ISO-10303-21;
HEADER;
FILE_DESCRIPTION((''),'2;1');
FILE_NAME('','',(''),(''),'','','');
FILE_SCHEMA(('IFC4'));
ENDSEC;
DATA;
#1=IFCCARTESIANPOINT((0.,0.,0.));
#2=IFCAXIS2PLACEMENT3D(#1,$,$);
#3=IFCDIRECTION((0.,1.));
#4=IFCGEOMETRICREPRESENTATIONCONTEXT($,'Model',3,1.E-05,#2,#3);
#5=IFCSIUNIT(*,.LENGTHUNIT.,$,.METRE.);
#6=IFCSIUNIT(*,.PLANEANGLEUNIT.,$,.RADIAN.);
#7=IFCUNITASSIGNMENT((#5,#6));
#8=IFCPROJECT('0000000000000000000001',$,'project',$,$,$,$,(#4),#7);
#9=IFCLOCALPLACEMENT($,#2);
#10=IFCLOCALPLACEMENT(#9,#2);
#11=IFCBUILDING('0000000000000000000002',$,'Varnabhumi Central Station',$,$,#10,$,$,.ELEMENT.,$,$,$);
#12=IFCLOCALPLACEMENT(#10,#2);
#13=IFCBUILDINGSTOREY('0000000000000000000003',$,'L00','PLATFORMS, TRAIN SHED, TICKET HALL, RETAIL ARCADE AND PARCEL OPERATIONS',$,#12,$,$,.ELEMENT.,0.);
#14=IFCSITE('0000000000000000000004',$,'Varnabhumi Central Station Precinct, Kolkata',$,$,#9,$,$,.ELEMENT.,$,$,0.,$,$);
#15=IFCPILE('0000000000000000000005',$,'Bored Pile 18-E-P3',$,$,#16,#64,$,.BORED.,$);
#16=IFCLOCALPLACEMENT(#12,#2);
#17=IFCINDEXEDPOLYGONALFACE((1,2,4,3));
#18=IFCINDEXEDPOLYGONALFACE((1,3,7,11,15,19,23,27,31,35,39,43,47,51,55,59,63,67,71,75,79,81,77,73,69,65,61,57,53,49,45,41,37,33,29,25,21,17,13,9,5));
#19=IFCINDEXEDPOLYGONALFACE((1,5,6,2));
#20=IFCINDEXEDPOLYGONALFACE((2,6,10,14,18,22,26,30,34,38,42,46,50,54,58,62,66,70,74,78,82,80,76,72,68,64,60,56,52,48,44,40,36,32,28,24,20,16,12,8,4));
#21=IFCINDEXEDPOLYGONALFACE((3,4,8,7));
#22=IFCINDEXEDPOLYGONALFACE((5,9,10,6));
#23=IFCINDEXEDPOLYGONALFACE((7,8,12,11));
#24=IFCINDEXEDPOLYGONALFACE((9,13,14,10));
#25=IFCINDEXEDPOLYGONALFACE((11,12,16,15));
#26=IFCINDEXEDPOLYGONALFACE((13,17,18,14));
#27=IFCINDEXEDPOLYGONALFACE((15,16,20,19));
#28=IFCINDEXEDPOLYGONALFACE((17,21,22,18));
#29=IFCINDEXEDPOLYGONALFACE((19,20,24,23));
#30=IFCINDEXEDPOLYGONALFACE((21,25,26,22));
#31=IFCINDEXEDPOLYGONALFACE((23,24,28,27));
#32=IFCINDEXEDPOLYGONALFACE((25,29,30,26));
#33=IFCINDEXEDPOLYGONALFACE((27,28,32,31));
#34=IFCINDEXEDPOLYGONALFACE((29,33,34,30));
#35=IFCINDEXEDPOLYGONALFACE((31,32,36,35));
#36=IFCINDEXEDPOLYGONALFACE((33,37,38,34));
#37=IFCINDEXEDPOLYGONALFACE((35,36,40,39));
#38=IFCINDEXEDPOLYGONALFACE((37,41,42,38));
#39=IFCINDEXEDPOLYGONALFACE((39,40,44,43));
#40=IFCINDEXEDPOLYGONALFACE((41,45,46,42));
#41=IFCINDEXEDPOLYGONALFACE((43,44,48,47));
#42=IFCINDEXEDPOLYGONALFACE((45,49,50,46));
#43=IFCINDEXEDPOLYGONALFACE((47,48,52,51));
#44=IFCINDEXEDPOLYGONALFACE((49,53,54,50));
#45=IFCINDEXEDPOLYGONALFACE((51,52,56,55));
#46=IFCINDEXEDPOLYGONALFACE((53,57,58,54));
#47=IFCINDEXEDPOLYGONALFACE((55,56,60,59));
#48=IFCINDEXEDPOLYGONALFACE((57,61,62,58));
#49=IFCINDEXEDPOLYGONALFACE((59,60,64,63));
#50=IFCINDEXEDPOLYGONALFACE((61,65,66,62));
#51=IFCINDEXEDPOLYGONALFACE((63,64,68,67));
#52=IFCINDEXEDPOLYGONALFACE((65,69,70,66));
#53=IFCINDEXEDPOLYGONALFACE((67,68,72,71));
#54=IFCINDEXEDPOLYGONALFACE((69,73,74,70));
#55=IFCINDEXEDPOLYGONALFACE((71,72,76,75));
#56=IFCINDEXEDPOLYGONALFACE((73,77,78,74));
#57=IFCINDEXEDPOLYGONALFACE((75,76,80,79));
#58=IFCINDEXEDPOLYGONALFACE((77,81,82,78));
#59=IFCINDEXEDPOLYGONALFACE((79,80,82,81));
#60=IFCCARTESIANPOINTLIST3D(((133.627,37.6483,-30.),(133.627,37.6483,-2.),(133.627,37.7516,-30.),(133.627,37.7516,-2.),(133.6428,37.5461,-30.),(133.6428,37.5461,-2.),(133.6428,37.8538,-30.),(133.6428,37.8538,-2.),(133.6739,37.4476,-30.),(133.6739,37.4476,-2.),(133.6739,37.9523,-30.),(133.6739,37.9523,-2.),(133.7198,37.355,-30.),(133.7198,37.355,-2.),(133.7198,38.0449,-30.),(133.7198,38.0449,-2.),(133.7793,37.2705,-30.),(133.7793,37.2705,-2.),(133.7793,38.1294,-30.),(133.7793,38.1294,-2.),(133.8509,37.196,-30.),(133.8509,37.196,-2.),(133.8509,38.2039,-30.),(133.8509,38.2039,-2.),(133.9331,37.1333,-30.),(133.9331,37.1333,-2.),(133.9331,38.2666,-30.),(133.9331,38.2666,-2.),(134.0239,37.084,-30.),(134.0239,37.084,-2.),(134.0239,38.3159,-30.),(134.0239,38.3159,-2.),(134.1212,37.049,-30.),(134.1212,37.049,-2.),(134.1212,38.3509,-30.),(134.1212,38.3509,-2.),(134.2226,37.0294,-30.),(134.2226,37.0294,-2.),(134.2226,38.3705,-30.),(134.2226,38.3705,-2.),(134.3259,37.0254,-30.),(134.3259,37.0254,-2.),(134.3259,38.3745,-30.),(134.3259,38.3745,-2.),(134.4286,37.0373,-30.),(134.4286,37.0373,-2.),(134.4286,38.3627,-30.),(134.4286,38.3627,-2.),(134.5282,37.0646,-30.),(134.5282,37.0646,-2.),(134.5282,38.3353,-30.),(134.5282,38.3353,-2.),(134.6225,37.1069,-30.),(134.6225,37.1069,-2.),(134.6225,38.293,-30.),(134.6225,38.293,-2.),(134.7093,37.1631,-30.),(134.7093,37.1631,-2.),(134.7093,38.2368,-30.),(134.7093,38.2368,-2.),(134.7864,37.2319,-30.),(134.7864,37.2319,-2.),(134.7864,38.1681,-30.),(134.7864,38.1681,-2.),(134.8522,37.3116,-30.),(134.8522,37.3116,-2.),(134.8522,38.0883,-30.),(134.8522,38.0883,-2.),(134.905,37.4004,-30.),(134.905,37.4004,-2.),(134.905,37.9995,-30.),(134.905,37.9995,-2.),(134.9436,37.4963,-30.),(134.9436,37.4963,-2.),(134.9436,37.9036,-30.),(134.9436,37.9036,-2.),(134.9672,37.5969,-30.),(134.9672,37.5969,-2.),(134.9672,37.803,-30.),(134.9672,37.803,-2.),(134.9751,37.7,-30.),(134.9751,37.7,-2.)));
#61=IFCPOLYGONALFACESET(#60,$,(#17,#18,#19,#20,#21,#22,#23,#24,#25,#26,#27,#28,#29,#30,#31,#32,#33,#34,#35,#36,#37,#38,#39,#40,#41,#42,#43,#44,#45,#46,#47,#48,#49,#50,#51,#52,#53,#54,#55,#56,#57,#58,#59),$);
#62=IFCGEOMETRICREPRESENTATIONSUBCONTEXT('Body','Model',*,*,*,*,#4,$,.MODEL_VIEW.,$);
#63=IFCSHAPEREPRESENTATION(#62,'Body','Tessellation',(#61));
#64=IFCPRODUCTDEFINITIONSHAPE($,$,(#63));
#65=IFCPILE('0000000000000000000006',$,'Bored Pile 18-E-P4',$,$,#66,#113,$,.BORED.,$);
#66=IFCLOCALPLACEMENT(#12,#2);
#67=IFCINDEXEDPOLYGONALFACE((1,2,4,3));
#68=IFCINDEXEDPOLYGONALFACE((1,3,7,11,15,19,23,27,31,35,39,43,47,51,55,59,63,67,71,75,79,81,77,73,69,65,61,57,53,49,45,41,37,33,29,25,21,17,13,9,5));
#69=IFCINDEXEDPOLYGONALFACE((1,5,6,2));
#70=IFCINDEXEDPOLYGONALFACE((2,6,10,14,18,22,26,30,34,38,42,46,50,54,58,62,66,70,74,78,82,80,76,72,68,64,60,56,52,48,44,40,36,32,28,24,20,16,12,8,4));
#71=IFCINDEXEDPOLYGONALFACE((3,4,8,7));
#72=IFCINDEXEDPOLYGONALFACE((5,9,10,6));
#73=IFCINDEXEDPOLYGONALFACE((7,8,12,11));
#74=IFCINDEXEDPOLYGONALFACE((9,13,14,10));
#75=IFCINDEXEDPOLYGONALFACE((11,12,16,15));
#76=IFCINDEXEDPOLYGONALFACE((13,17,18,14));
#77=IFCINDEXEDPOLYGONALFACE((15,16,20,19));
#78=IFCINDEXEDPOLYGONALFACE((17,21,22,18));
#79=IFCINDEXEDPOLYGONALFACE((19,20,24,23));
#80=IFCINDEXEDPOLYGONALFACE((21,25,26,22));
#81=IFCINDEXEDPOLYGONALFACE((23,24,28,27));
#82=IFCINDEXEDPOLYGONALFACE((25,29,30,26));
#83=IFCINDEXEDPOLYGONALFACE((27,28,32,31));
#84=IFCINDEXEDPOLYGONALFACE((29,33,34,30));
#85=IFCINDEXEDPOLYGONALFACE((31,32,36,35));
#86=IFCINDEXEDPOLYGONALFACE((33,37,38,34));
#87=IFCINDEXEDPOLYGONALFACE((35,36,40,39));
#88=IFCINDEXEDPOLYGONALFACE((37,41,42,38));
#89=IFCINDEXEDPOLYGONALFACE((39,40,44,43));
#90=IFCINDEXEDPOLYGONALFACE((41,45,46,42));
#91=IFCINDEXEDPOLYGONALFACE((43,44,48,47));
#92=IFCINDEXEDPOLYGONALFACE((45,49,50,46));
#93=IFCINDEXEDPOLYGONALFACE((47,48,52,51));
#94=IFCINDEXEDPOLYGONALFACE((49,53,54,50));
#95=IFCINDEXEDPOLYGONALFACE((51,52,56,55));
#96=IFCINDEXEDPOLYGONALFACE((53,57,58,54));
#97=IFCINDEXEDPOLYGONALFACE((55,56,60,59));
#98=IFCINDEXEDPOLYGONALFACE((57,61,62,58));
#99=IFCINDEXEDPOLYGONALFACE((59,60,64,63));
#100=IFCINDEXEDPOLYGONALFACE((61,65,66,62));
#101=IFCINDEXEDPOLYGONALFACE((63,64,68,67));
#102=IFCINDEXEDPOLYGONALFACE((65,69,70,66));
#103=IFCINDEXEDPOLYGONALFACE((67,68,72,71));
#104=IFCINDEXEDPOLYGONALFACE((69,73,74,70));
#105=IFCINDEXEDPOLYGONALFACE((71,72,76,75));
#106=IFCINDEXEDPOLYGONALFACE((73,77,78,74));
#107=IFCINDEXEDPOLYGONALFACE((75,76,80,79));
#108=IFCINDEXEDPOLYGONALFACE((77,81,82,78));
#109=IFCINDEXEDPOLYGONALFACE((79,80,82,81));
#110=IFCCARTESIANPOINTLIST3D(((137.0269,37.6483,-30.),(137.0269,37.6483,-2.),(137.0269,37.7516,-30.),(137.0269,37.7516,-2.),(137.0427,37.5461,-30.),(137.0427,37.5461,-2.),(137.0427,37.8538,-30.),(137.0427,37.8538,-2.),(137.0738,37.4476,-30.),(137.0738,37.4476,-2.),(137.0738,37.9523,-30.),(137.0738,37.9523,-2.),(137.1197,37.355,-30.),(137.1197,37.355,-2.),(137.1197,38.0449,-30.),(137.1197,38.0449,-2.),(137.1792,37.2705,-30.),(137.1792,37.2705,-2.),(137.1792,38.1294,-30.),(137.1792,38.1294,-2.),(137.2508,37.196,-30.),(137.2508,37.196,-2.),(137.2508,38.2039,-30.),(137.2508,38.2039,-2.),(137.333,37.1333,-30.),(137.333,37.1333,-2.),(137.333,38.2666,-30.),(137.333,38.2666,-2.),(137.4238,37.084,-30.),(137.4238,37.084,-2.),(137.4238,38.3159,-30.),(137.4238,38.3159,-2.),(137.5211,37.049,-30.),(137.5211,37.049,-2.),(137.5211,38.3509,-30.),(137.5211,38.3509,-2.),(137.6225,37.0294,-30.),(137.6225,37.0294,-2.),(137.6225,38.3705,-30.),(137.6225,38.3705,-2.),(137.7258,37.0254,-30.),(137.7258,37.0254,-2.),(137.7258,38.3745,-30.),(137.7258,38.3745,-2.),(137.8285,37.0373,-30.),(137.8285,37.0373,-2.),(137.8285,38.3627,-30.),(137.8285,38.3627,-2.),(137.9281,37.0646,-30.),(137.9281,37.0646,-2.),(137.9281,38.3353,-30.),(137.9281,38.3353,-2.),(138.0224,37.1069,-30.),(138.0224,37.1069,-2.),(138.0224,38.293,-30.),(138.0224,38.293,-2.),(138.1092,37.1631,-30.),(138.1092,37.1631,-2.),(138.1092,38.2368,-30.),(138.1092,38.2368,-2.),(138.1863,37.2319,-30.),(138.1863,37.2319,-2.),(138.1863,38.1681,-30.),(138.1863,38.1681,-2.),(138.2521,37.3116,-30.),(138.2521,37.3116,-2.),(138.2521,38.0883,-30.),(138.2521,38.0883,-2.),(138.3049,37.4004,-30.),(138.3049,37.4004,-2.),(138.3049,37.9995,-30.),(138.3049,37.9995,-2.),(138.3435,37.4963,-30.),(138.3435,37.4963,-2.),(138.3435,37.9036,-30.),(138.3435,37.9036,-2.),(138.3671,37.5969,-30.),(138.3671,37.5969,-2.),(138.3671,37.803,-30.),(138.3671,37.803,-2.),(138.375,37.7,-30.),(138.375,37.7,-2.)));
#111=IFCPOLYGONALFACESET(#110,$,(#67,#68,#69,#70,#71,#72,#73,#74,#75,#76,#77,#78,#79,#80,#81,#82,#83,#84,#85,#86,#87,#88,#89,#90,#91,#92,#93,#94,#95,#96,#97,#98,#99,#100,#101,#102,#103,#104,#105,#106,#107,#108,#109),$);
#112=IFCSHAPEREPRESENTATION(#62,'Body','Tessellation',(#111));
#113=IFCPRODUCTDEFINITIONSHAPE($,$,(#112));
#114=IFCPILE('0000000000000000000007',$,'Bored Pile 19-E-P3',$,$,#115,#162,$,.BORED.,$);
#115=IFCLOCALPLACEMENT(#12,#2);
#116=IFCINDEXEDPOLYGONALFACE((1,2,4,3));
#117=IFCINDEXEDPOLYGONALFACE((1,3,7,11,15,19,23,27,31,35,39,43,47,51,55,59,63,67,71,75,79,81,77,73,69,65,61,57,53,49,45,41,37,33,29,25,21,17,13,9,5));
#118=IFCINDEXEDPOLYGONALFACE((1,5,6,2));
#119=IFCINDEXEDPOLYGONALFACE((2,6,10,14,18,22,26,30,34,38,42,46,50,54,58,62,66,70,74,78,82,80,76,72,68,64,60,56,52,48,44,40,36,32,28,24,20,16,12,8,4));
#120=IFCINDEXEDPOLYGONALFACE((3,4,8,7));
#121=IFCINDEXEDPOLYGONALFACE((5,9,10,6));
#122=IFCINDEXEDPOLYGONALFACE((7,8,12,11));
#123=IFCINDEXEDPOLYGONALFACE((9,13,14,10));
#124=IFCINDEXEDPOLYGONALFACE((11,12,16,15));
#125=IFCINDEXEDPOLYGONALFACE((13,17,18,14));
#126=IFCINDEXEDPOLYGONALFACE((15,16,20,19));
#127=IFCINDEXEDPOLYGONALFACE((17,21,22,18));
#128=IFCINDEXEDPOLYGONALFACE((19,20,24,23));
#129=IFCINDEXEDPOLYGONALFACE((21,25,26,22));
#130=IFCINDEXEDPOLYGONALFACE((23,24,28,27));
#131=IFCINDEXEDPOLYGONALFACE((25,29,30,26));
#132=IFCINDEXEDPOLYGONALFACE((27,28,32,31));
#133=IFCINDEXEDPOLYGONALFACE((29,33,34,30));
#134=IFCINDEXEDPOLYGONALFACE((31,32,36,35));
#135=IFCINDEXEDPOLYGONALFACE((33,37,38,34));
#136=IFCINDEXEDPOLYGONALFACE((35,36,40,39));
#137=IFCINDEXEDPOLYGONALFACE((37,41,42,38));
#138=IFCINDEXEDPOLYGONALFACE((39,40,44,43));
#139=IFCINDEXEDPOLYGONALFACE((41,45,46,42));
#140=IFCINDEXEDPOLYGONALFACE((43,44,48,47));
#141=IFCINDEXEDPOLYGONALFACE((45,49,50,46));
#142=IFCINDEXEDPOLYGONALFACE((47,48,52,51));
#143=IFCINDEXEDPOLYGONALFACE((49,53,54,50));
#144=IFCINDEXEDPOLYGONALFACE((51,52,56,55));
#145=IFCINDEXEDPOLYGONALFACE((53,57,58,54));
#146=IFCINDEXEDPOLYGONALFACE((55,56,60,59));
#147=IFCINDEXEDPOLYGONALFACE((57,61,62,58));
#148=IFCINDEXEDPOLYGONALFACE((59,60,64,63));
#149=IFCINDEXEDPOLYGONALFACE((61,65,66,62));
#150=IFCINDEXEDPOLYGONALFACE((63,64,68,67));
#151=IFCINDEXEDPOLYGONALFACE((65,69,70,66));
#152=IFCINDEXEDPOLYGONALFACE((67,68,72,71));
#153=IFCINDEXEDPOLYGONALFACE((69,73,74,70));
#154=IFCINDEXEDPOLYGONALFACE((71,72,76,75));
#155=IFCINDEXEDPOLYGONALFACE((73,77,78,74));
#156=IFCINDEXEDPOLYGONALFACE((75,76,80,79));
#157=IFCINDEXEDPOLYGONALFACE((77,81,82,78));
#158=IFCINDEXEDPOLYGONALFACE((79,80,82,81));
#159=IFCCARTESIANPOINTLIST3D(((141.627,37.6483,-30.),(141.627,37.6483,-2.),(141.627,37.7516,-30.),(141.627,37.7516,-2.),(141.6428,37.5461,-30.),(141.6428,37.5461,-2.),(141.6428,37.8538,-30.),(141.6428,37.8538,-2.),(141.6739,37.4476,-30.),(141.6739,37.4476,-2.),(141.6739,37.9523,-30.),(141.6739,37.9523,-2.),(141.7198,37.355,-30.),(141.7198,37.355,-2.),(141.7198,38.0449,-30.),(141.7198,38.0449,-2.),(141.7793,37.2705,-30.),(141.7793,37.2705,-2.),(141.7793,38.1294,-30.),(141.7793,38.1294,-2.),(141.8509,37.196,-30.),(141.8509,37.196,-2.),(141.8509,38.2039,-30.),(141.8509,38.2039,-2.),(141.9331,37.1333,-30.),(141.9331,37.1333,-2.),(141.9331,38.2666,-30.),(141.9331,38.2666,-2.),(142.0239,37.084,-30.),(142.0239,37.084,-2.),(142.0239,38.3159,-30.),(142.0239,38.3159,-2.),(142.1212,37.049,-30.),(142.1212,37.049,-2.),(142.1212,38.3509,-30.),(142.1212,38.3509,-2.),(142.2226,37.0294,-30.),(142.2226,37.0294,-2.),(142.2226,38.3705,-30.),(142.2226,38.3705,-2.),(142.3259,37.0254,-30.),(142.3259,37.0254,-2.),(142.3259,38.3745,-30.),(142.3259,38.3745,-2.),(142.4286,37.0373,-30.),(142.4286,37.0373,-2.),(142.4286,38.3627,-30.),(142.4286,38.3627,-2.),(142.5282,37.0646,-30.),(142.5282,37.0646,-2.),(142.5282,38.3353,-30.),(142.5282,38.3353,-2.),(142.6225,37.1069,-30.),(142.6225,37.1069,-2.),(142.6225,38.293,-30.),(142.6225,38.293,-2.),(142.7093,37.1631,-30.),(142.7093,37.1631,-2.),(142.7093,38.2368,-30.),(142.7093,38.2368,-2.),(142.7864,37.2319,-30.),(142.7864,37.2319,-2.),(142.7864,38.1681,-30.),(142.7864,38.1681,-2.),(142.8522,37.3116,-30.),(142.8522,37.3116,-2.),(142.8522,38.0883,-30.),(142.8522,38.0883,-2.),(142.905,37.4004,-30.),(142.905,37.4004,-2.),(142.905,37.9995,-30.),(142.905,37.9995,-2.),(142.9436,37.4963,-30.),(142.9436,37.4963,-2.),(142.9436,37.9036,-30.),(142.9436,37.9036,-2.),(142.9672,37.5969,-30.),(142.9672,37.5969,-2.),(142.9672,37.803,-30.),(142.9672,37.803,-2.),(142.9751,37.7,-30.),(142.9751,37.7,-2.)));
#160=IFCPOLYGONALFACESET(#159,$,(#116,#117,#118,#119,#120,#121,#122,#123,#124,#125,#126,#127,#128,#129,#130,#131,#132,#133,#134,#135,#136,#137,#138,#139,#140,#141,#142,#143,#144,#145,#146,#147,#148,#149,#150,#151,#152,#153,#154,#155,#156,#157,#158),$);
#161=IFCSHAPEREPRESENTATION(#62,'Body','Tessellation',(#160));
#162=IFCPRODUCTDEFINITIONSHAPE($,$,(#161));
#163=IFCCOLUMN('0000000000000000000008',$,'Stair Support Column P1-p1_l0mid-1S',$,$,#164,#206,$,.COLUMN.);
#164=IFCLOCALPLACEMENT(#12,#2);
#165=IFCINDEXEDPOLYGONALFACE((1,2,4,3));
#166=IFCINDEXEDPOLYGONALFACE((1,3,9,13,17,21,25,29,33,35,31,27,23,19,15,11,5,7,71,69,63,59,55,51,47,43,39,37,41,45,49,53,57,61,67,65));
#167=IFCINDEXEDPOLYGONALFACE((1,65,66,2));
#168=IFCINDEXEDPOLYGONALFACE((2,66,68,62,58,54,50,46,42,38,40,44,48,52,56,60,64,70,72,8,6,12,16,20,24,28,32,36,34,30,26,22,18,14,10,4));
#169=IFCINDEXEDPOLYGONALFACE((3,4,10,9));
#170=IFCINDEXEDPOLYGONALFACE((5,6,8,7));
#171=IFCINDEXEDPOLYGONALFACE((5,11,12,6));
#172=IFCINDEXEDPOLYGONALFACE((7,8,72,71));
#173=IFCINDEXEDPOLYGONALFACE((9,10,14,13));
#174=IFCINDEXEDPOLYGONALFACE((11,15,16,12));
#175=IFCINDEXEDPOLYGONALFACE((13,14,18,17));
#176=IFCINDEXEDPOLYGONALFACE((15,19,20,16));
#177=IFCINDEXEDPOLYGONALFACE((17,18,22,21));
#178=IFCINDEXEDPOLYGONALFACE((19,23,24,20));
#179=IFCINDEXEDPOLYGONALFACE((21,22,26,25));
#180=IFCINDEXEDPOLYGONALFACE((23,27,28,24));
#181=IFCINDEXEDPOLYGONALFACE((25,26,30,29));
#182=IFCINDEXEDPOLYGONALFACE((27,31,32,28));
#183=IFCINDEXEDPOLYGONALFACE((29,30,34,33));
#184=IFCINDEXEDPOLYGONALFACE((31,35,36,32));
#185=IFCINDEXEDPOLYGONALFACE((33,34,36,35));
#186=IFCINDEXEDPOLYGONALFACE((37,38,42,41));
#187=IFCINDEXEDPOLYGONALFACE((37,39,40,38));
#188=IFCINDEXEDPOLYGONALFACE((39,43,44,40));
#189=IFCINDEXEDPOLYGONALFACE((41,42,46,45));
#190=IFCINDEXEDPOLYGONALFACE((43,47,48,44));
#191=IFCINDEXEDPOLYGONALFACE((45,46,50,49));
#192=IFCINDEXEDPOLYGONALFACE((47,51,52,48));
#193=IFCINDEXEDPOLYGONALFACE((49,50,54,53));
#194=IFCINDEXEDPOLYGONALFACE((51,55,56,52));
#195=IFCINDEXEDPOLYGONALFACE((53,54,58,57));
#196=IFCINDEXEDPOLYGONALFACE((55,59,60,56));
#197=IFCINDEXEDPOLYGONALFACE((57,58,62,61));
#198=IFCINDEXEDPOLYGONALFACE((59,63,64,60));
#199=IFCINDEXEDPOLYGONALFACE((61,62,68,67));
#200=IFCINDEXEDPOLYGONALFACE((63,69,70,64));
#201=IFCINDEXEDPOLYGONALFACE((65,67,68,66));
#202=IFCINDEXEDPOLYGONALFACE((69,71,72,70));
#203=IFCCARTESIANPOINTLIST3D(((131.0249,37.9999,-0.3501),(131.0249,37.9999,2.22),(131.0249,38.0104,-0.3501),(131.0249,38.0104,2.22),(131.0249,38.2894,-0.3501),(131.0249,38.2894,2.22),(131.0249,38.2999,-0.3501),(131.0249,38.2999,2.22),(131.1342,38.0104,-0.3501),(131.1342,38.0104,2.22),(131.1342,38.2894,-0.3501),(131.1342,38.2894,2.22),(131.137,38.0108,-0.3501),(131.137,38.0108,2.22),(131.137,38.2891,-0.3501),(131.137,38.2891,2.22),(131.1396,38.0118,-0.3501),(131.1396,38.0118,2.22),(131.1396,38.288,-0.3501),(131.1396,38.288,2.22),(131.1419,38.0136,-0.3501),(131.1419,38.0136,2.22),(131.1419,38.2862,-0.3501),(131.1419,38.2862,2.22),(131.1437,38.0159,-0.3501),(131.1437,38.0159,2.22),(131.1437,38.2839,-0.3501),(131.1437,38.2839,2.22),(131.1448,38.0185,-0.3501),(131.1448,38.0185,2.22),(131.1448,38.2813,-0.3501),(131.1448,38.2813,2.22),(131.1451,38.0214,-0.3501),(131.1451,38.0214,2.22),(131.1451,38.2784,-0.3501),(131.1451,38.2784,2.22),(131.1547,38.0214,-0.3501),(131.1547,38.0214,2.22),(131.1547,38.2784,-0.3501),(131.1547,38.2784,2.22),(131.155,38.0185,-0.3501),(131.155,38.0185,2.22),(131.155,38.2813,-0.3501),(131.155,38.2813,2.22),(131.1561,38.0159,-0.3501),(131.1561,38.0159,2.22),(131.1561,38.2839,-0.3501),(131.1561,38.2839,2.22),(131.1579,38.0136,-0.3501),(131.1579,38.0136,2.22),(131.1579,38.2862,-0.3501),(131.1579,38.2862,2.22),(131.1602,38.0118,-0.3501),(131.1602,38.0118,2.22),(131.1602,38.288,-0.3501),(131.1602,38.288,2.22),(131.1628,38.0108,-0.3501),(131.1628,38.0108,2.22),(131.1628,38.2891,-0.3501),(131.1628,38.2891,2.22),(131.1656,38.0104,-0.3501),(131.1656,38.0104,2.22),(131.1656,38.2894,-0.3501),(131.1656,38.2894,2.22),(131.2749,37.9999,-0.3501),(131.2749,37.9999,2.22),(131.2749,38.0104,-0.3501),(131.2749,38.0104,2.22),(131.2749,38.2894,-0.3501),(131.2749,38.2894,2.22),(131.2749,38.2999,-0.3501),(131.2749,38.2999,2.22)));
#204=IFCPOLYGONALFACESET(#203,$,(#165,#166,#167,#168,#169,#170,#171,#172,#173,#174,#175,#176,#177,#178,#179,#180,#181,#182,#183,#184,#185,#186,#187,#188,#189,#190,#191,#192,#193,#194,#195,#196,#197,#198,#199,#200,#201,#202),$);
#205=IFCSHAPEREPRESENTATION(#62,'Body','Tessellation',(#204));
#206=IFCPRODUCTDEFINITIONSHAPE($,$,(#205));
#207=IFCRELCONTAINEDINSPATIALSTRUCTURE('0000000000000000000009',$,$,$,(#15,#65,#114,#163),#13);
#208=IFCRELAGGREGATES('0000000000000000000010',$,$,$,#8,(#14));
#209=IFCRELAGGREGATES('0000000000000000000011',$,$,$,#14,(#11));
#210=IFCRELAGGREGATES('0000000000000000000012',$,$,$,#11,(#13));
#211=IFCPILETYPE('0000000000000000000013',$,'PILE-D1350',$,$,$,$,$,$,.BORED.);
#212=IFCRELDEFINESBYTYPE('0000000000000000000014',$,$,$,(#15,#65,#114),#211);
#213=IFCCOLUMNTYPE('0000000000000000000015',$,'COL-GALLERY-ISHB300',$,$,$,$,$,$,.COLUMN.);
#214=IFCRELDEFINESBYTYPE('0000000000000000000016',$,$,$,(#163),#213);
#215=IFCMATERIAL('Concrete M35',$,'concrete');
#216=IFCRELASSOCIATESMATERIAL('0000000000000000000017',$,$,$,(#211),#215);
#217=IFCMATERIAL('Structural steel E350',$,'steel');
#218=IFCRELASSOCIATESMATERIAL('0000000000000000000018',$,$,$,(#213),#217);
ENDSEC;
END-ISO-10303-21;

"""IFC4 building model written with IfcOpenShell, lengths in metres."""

from ifc_helpers import new_model, si_unit, direction, frame, origin, origin_2d, place, context, subcontext, project, spatial, circle, i_section, extrude, material, material_profile, profile_set, type_object, element, save


model = new_model("IFC4")

# Units and contexts
model_context = context("Model", 3, precision=1e-05, world=origin(), true_north=direction((0.0, 1.0)))
body_context = subcontext(model_context, "Body", "Model", "MODEL_VIEW")
ifc_project = project(units=[si_unit("LENGTHUNIT", "METRE"), si_unit("PLANEANGLEUNIT", "RADIAN")], contexts=[model_context])

# Site, building, storey
site_placement = place(None, origin())
site = spatial("IfcSite", under=ifc_project, at=site_placement, Name="Varnabhumi Central Station Precinct, Kolkata", CompositionType="ELEMENT", RefElevation=0.0)
building_placement = place(site_placement, origin())
building = spatial("IfcBuilding", under=site, at=building_placement, Name="Varnabhumi Central Station", CompositionType="ELEMENT")
storey_placement = place(building_placement, origin())
storey = spatial("IfcBuildingStorey", under=building, at=storey_placement, Name="L00", Description="PLATFORMS, TRAIN SHED, TICKET HALL, RETAIL ARCADE AND PARCEL OPERATIONS", CompositionType="ELEMENT", Elevation=0.0)

# Piles
ifc_material_1 = material(Name="Concrete M35", Category="concrete")
ifc_material_profile_1 = material_profile(ifc_material_1, circle(Radius=0.675, at=origin_2d()), Name="Concrete M35", Category="concrete")
ifc_profile_set_1 = profile_set([ifc_material_profile_1], Name="Concrete M35")
pile_type = type_object("IfcPileType", Name="PILE-D1350", PredefinedType="BORED", material=ifc_profile_set_1)
for number, where, z_axis, x_axis, name in (
    (1, (134.3, 37.7, -2.0), (0.0, 0.0, -1.0), (1.0, 0.0, 0.0), "Bored Pile 18-E-P3"),
    (2, (137.7, 37.7, -2.0), (0.0, 0.0, -1.0), (1.0, 0.0, 0.0), "Bored Pile 18-E-P4"),
    (3, (142.3, 37.7, -2.0), (0.0, 0.0, -1.0), (1.0, 0.0, 0.0), "Bored Pile 19-E-P3"),
):
    element("IfcPile", number, at=place(storey_placement, frame(where, z_axis=z_axis, x_axis=x_axis)), inside=storey, type_object=pile_type, Name=name, PredefinedType="BORED", context=body_context, shape_type="SweptSolid", body=[
        extrude(circle(Radius=0.675, at=origin_2d()), origin(), (0.0, 0.0, 1.0), 28.0),
    ])

# Column
ifc_material_2 = material(Name="Structural steel E350", Category="steel")
ifc_material_profile_2 = material_profile(ifc_material_2, i_section(OverallWidth=0.25, OverallDepth=0.3, WebThickness=0.0095, FlangeThickness=0.0105, FilletRadius=0.011, at=origin_2d()), Name="Structural steel E350", Category="steel")
ifc_profile_set_2 = profile_set([ifc_material_profile_2], Name="Structural steel E350")
column_type_1 = type_object("IfcColumnType", Name="COL-GALLERY-ISHB300", PredefinedType="COLUMN", material=ifc_profile_set_2)
for number, where, z_axis, x_axis, name in (
    (4, (131.1499, 38.1499, -0.3501), (0.0, 0.0, 1.0), (1.0, 0.0, 0.0), "Stair Support Column P1-p1_l0mid-1S"),
):
    element("IfcColumn", number, at=place(storey_placement, frame(where, z_axis=z_axis, x_axis=x_axis)), inside=storey, type_object=column_type_1, Name=name, PredefinedType="COLUMN", context=body_context, shape_type="SweptSolid", body=[
        extrude(i_section(OverallWidth=0.25, OverallDepth=0.3, WebThickness=0.0095, FlangeThickness=0.0105, FilletRadius=0.011, at=origin_2d()), origin(), (0.0, 0.0, 1.0), 2.5701),
    ])

save(model, "model.ifc")
